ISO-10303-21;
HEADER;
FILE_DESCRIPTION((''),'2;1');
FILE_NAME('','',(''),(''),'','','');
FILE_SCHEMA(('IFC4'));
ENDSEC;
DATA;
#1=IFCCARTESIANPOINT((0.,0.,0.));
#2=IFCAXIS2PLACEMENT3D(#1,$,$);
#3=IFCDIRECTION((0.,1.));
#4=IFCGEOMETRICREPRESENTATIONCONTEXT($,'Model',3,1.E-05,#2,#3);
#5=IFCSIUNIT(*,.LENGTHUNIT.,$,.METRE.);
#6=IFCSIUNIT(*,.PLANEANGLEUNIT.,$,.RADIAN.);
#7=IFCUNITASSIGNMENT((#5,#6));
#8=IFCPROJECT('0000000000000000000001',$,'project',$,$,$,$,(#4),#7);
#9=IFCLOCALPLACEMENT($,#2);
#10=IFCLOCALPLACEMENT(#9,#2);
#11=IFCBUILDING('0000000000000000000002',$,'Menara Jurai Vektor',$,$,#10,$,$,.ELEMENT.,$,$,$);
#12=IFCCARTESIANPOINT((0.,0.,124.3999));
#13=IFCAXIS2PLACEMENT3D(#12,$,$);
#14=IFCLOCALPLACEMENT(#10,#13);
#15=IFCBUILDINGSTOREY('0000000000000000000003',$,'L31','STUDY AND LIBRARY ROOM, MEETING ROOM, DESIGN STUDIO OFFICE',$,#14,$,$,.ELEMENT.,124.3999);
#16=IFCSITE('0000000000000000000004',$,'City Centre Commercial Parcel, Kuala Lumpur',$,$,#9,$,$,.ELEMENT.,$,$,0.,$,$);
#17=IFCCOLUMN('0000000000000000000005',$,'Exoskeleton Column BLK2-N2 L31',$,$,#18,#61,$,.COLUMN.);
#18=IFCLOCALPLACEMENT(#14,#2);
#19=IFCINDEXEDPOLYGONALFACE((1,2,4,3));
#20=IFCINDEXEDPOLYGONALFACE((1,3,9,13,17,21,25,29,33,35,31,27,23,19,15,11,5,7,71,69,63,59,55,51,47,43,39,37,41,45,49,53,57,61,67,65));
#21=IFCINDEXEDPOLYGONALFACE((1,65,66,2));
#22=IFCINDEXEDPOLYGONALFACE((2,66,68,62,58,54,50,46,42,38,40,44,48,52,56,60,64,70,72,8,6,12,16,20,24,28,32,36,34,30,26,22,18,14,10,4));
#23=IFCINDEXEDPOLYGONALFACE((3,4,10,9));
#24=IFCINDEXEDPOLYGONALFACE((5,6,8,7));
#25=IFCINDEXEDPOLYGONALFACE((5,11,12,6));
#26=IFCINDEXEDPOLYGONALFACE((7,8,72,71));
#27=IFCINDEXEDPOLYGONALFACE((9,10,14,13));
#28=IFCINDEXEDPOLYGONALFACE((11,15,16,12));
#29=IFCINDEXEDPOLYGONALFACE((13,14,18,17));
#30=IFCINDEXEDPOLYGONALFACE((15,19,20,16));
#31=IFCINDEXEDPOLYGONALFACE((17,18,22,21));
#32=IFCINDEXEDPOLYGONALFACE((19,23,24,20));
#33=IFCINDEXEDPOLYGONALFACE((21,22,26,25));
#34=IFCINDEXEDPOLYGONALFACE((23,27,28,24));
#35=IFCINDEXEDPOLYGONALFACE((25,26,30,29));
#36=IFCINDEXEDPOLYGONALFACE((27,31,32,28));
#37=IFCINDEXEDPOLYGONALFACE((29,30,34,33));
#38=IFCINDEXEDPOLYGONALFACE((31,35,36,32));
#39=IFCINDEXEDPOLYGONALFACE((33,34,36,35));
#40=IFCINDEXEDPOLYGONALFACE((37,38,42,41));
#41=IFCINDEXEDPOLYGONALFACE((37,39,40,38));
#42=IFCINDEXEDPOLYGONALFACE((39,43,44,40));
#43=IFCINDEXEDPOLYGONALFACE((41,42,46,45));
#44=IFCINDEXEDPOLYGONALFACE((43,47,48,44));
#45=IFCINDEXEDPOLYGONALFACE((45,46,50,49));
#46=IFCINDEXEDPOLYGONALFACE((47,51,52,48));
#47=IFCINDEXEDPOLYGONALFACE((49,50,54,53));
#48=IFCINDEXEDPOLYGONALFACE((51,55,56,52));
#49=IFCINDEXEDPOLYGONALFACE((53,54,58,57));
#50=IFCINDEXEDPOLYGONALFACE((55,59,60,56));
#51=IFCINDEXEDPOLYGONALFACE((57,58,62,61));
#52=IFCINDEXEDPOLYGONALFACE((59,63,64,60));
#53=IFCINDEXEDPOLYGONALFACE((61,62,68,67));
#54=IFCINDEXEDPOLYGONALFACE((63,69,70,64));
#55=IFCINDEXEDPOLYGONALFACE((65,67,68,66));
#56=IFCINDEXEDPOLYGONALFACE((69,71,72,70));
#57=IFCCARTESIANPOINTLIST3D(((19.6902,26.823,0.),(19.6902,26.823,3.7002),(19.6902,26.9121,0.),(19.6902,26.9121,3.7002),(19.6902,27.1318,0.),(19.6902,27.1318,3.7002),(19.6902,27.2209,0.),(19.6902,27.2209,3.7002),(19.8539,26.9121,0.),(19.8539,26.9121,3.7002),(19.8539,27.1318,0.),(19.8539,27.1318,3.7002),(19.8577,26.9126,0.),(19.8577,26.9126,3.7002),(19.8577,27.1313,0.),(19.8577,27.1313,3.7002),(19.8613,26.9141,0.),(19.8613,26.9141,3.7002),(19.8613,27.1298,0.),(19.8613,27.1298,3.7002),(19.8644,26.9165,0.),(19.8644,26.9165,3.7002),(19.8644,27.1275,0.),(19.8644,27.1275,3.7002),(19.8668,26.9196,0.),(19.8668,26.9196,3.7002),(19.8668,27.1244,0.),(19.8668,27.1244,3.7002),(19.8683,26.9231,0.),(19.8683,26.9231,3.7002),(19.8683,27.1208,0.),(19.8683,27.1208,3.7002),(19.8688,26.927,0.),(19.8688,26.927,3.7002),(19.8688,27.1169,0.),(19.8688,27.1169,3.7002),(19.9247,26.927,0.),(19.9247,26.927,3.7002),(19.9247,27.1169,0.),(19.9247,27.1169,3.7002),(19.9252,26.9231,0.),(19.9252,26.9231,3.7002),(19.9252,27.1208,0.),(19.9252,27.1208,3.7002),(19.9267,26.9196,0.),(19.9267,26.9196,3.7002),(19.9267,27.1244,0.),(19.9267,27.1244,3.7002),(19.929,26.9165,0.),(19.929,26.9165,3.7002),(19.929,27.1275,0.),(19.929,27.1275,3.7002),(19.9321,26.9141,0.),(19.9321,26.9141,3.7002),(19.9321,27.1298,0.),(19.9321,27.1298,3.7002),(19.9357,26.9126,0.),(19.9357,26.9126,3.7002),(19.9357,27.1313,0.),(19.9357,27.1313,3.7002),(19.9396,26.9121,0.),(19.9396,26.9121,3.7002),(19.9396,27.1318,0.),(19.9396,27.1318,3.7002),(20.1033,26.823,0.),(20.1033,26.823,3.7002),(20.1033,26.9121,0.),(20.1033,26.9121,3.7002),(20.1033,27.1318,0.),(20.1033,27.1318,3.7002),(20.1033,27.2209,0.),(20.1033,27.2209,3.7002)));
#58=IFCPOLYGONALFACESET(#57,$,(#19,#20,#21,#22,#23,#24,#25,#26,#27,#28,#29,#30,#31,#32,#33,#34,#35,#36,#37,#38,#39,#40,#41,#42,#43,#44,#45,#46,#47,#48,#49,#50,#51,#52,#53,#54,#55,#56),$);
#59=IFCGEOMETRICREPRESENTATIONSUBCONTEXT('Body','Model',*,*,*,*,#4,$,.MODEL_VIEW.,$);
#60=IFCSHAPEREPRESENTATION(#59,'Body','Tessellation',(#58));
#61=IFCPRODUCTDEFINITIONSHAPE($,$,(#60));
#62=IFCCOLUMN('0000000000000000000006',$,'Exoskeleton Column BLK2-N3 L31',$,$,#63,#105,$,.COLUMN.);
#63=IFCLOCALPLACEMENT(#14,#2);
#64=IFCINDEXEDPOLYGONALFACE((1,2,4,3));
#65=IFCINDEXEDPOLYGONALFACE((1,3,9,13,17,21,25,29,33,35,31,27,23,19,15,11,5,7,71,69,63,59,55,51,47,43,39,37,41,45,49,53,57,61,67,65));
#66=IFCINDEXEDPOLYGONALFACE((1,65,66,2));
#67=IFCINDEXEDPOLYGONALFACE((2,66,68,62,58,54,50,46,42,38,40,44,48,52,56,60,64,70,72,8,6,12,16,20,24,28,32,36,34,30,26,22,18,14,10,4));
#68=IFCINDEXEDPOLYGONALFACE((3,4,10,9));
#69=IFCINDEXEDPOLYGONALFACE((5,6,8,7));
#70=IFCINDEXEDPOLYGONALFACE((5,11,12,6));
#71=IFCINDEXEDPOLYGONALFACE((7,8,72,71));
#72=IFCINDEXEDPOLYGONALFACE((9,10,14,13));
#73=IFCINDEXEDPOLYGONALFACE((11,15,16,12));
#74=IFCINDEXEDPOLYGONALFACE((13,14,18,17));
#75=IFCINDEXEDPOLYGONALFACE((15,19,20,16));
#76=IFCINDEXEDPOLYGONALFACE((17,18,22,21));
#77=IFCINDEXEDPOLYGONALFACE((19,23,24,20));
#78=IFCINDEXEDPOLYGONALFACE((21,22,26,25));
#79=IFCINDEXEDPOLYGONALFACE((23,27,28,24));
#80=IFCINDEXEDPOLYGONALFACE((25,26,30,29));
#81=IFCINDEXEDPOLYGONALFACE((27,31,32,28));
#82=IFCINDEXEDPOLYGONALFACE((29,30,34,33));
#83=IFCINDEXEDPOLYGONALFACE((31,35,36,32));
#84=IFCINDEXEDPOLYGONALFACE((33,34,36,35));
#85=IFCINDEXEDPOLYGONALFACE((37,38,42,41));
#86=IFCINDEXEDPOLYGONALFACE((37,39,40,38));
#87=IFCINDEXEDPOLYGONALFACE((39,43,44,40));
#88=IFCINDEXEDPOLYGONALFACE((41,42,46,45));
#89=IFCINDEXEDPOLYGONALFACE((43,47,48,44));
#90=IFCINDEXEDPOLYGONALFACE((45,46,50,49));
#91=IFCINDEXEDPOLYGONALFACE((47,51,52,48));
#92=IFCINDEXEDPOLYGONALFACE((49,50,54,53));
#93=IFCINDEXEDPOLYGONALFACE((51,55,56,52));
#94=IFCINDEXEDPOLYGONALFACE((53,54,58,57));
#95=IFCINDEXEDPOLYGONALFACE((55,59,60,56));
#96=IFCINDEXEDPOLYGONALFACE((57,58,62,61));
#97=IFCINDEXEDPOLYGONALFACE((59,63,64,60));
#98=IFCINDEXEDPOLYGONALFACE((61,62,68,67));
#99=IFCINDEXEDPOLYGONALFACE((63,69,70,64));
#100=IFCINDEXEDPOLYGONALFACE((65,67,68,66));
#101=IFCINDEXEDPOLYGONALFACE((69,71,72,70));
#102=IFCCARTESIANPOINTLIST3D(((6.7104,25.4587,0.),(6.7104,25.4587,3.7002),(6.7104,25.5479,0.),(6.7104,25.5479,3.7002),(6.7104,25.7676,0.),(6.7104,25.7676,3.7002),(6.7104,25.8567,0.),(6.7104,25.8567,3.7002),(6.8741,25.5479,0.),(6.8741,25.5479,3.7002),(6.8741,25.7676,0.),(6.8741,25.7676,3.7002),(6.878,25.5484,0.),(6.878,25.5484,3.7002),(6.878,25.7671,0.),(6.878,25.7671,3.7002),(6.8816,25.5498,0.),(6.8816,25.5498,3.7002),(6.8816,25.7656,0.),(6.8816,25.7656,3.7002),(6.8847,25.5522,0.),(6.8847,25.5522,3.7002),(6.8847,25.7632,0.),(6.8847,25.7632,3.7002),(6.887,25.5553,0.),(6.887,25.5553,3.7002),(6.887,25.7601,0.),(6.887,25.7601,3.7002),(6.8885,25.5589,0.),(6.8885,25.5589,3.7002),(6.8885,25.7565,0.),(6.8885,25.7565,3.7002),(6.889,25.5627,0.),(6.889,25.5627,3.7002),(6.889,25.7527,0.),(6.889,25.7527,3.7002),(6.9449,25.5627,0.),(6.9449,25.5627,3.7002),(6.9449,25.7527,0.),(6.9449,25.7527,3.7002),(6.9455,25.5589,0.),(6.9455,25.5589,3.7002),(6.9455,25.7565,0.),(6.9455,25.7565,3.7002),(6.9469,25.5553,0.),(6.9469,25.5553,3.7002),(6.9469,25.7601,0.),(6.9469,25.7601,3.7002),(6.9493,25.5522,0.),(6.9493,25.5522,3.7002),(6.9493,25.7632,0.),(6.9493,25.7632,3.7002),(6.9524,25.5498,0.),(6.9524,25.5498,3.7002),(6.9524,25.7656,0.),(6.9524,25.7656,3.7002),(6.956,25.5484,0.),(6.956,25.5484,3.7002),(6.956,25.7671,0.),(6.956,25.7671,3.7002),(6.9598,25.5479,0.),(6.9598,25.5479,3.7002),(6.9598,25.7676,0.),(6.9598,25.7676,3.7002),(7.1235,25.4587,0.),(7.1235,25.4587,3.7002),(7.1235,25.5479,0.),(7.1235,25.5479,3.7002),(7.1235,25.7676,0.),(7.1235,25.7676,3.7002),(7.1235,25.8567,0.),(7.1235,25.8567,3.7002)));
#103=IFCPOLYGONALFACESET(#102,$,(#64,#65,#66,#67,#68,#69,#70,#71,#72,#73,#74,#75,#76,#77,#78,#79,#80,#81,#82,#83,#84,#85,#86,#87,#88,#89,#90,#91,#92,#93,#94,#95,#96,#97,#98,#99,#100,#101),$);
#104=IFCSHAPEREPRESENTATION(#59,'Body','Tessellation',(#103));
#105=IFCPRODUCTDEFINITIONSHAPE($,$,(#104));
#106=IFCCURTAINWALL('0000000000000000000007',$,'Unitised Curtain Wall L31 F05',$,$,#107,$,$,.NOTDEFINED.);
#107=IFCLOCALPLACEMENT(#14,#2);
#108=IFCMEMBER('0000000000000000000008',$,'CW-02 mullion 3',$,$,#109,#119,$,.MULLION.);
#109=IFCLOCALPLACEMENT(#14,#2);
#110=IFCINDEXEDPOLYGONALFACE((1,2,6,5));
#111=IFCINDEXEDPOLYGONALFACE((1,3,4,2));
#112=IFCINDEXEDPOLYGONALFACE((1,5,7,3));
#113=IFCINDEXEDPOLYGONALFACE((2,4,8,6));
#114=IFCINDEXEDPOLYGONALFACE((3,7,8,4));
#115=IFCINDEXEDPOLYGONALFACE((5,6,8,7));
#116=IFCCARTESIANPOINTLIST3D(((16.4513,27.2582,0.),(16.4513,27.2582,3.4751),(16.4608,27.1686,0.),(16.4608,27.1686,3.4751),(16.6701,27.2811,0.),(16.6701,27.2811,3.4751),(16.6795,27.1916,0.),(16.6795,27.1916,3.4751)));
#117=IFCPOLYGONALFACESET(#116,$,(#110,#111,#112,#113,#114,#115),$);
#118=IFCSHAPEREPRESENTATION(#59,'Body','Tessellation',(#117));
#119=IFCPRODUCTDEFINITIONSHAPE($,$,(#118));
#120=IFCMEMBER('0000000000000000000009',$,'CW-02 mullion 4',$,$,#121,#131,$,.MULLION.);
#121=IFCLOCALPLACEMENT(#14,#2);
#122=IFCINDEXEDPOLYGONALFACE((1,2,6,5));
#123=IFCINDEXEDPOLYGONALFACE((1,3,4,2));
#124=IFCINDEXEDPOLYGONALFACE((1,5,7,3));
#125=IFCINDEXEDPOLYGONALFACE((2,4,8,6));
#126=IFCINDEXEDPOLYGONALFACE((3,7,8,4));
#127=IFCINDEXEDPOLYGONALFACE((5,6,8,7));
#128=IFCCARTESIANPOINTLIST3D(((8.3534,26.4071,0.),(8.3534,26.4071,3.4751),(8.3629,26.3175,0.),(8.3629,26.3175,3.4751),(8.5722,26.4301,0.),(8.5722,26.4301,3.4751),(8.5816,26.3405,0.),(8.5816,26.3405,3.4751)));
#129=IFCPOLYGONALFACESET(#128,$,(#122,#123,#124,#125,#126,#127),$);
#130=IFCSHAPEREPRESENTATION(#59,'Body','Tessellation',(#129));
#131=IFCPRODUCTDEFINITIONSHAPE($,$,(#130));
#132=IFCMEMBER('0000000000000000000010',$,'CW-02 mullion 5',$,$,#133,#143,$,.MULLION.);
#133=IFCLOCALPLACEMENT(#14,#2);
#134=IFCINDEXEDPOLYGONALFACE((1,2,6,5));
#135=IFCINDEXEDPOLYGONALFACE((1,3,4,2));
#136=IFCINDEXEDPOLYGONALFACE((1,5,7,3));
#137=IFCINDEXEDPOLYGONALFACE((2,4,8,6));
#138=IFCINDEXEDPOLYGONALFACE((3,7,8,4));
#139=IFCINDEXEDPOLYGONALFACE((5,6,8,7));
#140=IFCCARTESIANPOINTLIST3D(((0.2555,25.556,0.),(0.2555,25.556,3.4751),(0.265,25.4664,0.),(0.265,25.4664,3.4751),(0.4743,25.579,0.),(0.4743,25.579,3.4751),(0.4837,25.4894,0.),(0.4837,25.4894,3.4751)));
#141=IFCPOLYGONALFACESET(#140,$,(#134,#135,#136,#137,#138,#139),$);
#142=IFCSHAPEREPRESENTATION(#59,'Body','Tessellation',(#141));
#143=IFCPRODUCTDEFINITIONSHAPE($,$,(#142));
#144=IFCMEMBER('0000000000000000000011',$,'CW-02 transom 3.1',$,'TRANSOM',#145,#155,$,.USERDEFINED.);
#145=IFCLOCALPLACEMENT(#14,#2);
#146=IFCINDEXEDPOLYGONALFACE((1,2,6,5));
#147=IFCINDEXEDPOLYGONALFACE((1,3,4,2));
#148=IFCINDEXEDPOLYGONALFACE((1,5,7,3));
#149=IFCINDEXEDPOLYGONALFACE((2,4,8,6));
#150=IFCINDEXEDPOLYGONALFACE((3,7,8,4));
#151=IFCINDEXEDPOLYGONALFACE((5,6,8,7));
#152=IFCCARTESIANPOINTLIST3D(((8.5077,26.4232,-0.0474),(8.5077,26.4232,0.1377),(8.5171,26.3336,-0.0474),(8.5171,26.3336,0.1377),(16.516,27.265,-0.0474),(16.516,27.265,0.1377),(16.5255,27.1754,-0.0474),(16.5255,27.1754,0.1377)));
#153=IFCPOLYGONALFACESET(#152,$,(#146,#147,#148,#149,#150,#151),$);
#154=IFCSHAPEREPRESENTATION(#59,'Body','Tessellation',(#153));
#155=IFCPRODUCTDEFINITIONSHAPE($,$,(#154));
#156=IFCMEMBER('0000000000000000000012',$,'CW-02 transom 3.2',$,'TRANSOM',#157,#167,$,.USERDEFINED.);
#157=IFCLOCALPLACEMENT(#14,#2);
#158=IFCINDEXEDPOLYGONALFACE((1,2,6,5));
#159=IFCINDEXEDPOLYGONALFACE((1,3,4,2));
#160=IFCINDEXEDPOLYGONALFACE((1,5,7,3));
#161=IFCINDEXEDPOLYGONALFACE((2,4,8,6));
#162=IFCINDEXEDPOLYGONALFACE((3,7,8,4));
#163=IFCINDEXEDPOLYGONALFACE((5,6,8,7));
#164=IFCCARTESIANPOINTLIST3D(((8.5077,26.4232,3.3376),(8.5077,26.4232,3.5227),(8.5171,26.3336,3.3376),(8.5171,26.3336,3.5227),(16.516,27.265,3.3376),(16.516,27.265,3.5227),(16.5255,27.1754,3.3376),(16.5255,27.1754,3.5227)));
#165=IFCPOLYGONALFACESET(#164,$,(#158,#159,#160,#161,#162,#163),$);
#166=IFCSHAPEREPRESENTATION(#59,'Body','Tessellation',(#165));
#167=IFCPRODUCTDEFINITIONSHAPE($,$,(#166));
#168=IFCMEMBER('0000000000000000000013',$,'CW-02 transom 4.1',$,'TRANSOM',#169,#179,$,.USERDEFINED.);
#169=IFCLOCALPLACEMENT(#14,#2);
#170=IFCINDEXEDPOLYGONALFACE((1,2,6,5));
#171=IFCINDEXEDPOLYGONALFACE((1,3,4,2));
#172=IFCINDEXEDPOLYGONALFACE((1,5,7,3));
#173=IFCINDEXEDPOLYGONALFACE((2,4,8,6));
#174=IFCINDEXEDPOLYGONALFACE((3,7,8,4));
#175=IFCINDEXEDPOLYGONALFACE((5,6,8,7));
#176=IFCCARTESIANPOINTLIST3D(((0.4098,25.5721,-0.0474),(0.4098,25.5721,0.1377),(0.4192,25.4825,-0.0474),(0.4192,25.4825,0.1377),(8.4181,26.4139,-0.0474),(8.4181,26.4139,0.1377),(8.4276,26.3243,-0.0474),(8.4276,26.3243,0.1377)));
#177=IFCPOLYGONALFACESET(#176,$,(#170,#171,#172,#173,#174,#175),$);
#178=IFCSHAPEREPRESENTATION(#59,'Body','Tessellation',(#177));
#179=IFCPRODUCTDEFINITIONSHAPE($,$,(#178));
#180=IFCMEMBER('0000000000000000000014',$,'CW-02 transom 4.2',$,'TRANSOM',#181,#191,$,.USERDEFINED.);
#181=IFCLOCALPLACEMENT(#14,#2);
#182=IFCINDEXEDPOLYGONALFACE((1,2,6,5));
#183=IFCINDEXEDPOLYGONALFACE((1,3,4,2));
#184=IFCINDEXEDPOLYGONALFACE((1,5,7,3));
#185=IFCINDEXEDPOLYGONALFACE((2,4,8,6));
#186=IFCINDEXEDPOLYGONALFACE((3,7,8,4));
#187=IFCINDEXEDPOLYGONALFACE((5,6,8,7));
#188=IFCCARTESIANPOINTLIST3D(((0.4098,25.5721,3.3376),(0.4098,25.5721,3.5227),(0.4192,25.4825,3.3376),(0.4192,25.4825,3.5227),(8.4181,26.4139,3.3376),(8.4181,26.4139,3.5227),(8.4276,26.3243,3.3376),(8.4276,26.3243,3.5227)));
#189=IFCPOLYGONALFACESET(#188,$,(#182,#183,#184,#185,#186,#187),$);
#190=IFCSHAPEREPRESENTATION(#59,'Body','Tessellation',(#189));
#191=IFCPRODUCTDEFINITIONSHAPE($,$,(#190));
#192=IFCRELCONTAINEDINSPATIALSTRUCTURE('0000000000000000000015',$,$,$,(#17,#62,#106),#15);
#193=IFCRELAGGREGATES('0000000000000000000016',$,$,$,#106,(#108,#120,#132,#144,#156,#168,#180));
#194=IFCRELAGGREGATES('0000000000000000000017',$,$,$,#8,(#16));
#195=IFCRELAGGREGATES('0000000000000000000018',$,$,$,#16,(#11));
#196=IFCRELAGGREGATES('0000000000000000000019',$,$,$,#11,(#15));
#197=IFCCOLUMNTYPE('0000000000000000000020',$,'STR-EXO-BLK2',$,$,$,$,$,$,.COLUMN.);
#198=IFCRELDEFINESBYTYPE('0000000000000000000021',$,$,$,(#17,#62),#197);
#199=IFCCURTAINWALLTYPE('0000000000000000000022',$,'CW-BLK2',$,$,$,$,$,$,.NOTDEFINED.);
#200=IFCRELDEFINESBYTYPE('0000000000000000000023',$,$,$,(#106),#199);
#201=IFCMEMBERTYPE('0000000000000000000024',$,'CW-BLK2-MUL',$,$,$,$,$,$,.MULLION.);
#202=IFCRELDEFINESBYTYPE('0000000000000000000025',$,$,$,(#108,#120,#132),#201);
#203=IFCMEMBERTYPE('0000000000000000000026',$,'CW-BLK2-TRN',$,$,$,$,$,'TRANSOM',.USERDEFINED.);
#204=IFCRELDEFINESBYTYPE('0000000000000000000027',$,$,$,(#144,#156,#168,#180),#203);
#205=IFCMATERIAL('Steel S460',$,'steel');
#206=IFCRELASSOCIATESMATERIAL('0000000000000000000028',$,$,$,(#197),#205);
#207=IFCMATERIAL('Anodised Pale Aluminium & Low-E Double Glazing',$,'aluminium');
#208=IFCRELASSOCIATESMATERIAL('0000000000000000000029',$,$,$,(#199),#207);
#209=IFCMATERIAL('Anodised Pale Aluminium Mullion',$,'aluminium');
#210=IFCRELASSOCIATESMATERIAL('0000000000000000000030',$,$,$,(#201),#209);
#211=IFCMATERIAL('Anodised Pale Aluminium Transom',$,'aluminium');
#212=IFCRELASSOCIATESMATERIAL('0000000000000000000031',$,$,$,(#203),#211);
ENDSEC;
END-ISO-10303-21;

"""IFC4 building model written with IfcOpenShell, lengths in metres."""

from ifc_helpers import new_model, si_unit, direction, frame, origin, origin_2d, place, context, subcontext, project, spatial, rectangle, i_section, extrude, material, material_profile, profile_set, type_object, element, aggregate, save


model = new_model("IFC4")

# Units and contexts
model_context = context("Model", 3, precision=1e-05, world=origin(), true_north=direction((0.0, 1.0)))
body_context = subcontext(model_context, "Body", "Model", "MODEL_VIEW")
ifc_project = project(units=[si_unit("LENGTHUNIT", "METRE"), si_unit("PLANEANGLEUNIT", "RADIAN")], contexts=[model_context])

# Site, building, storey
site_placement = place(None, origin())
site = spatial("IfcSite", under=ifc_project, at=site_placement, Name="City Centre Commercial Parcel, Kuala Lumpur", CompositionType="ELEMENT", RefElevation=0.0)
building_placement = place(site_placement, origin())
building = spatial("IfcBuilding", under=site, at=building_placement, Name="Menara Jurai Vektor", CompositionType="ELEMENT")
storey_placement = place(building_placement, frame((0.0, 0.0, 124.3999)))
storey = spatial("IfcBuildingStorey", under=building, at=storey_placement, Name="L31", Description="STUDY AND LIBRARY ROOM, MEETING ROOM, DESIGN STUDIO OFFICE", CompositionType="ELEMENT", Elevation=124.3999)

# Columns
ifc_material_1 = material(Name="Steel S460", Category="steel")
ifc_material_profile_1 = material_profile(ifc_material_1, i_section(OverallWidth=0.4131, OverallDepth=0.3979, WebThickness=0.0559, FlangeThickness=0.0891, FilletRadius=0.0149, at=origin_2d()), Name="HD 400x744")
ifc_profile_set_1 = profile_set([ifc_material_profile_1], Name="Steel S460")
column_type = type_object("IfcColumnType", Name="STR-EXO-BLK2", PredefinedType="COLUMN", material=ifc_profile_set_1)
for number, where, z_axis, x_axis, name in (
    (1, (19.8967, 27.022, 0.0), (0.0, 0.0, 1.0), (1.0, 0.0, 0.0), "Exoskeleton Column BLK2-N2 L31"),
    (2, (6.917, 25.6577, 0.0), (0.0, 0.0, 1.0), (1.0, 0.0, 0.0), "Exoskeleton Column BLK2-N3 L31"),
):
    element("IfcColumn", number, at=place(storey_placement, frame(where, z_axis=z_axis, x_axis=x_axis)), inside=storey, type_object=column_type, Name=name, PredefinedType="COLUMN", context=body_context, shape_type="SweptSolid", body=[
        extrude(i_section(OverallWidth=0.4131, OverallDepth=0.3979, WebThickness=0.0559, FlangeThickness=0.0891, FilletRadius=0.0149, at=origin_2d()), origin(), (0.0, 0.0, 1.0), 3.7002),
    ])

# Curtain wall, members
ifc_material_2 = material(Name="Anodised Pale Aluminium & Low-E Double Glazing", Category="aluminium")
curtain_wall_type = type_object("IfcCurtainWallType", Name="CW-BLK2", PredefinedType="NOTDEFINED", material=ifc_material_2)
curtain_wall_placement = place(storey_placement, origin())
curtain_wall = element("IfcCurtainWall", 3, at=curtain_wall_placement, inside=storey, type_object=curtain_wall_type, Name="Unitised Curtain Wall L31 F05", PredefinedType="NOTDEFINED")
ifc_material_3 = material(Name="Anodised Pale Aluminium Mullion", Category="aluminium")
ifc_material_profile_2 = material_profile(ifc_material_3, rectangle(XDim=0.0901, YDim=0.22, at=origin_2d()), Name="ALU MUL 90x220")
ifc_profile_set_2 = profile_set([ifc_material_profile_2], Name="Anodised Pale Aluminium Mullion")
member_type_1 = type_object("IfcMemberType", Name="CW-BLK2-MUL", PredefinedType="MULLION", material=ifc_profile_set_2)
member_1_placement = place(storey_placement, frame((16.5654, 27.2249, 0.0), z_axis=(0.0, 0.0, 1.0), x_axis=(0.104529, -0.994522, 0.0)))
member_1 = element("IfcMember", 4, at=member_1_placement, type_object=member_type_1, Name="CW-02 mullion 3", PredefinedType="MULLION", context=body_context, shape_type="SweptSolid", body=[
    extrude(rectangle(XDim=0.0901, YDim=0.22, at=origin_2d()), origin(), (0.0, 0.0, 1.0), 3.4751),
])
member_2_placement = place(storey_placement, frame((8.4675, 26.3738, 0.0), z_axis=(0.0, 0.0, 1.0), x_axis=(0.104529, -0.994522, 0.0)))
member_2 = element("IfcMember", 5, at=member_2_placement, type_object=member_type_1, Name="CW-02 mullion 4", PredefinedType="MULLION", context=body_context, shape_type="SweptSolid", body=[
    extrude(rectangle(XDim=0.0901, YDim=0.22, at=origin_2d()), origin(), (0.0, 0.0, 1.0), 3.4751),
])
member_3_placement = place(storey_placement, frame((0.3696, 25.5227, 0.0), z_axis=(0.0, 0.0, 1.0), x_axis=(0.104529, -0.994522, 0.0)))
member_3 = element("IfcMember", 6, at=member_3_placement, type_object=member_type_1, Name="CW-02 mullion 5", PredefinedType="MULLION", context=body_context, shape_type="SweptSolid", body=[
    extrude(rectangle(XDim=0.0901, YDim=0.22, at=origin_2d()), origin(), (0.0, 0.0, 1.0), 3.4751),
])
ifc_material_4 = material(Name="Anodised Pale Aluminium Transom", Category="aluminium")
ifc_material_profile_3 = material_profile(ifc_material_4, rectangle(XDim=0.0901, YDim=0.1851, at=origin_2d()), Name="ALU TRN 90x185")
ifc_profile_set_3 = profile_set([ifc_material_profile_3], Name="Anodised Pale Aluminium Transom")
member_type_2 = type_object("IfcMemberType", Name="CW-BLK2-TRN", ElementType="TRANSOM", PredefinedType="USERDEFINED", material=ifc_profile_set_3)
member_4_placement = place(storey_placement, frame((16.5208, 27.2202, 0.0452), z_axis=(-0.994521, -0.10454, 0.0), x_axis=(0.10454, -0.994521, 0.0)))
member_4 = element("IfcMember", 7, at=member_4_placement, type_object=member_type_2, Name="CW-02 transom 3.1", ObjectType="TRANSOM", PredefinedType="USERDEFINED", context=body_context, shape_type="SweptSolid", body=[
    extrude(rectangle(XDim=0.0901, YDim=0.1851, at=origin_2d()), origin(), (0.0, 0.0, 1.0), 8.0525),
])
member_5_placement = place(storey_placement, frame((16.5208, 27.2202, 3.4302), z_axis=(-0.994521, -0.10454, 0.0), x_axis=(0.10454, -0.994521, 0.0)))
member_5 = element("IfcMember", 8, at=member_5_placement, type_object=member_type_2, Name="CW-02 transom 3.2", ObjectType="TRANSOM", PredefinedType="USERDEFINED", context=body_context, shape_type="SweptSolid", body=[
    extrude(rectangle(XDim=0.0901, YDim=0.1851, at=origin_2d()), origin(), (0.0, 0.0, 1.0), 8.0525),
])
member_6_placement = place(storey_placement, frame((8.4229, 26.3691, 0.0452), z_axis=(-0.994521, -0.10454, 0.0), x_axis=(0.10454, -0.994521, 0.0)))
member_6 = element("IfcMember", 9, at=member_6_placement, type_object=member_type_2, Name="CW-02 transom 4.1", ObjectType="TRANSOM", PredefinedType="USERDEFINED", context=body_context, shape_type="SweptSolid", body=[
    extrude(rectangle(XDim=0.0901, YDim=0.1851, at=origin_2d()), origin(), (0.0, 0.0, 1.0), 8.0525),
])
member_7_placement = place(storey_placement, frame((8.4229, 26.3691, 3.4302), z_axis=(-0.994521, -0.10454, 0.0), x_axis=(0.10454, -0.994521, 0.0)))
member_7 = element("IfcMember", 10, at=member_7_placement, type_object=member_type_2, Name="CW-02 transom 4.2", ObjectType="TRANSOM", PredefinedType="USERDEFINED", context=body_context, shape_type="SweptSolid", body=[
    extrude(rectangle(XDim=0.0901, YDim=0.1851, at=origin_2d()), origin(), (0.0, 0.0, 1.0), 8.0525),
])

aggregate(curtain_wall, [member_1, member_2, member_3, member_4, member_5, member_6, member_7])

save(model, "model.ifc")
